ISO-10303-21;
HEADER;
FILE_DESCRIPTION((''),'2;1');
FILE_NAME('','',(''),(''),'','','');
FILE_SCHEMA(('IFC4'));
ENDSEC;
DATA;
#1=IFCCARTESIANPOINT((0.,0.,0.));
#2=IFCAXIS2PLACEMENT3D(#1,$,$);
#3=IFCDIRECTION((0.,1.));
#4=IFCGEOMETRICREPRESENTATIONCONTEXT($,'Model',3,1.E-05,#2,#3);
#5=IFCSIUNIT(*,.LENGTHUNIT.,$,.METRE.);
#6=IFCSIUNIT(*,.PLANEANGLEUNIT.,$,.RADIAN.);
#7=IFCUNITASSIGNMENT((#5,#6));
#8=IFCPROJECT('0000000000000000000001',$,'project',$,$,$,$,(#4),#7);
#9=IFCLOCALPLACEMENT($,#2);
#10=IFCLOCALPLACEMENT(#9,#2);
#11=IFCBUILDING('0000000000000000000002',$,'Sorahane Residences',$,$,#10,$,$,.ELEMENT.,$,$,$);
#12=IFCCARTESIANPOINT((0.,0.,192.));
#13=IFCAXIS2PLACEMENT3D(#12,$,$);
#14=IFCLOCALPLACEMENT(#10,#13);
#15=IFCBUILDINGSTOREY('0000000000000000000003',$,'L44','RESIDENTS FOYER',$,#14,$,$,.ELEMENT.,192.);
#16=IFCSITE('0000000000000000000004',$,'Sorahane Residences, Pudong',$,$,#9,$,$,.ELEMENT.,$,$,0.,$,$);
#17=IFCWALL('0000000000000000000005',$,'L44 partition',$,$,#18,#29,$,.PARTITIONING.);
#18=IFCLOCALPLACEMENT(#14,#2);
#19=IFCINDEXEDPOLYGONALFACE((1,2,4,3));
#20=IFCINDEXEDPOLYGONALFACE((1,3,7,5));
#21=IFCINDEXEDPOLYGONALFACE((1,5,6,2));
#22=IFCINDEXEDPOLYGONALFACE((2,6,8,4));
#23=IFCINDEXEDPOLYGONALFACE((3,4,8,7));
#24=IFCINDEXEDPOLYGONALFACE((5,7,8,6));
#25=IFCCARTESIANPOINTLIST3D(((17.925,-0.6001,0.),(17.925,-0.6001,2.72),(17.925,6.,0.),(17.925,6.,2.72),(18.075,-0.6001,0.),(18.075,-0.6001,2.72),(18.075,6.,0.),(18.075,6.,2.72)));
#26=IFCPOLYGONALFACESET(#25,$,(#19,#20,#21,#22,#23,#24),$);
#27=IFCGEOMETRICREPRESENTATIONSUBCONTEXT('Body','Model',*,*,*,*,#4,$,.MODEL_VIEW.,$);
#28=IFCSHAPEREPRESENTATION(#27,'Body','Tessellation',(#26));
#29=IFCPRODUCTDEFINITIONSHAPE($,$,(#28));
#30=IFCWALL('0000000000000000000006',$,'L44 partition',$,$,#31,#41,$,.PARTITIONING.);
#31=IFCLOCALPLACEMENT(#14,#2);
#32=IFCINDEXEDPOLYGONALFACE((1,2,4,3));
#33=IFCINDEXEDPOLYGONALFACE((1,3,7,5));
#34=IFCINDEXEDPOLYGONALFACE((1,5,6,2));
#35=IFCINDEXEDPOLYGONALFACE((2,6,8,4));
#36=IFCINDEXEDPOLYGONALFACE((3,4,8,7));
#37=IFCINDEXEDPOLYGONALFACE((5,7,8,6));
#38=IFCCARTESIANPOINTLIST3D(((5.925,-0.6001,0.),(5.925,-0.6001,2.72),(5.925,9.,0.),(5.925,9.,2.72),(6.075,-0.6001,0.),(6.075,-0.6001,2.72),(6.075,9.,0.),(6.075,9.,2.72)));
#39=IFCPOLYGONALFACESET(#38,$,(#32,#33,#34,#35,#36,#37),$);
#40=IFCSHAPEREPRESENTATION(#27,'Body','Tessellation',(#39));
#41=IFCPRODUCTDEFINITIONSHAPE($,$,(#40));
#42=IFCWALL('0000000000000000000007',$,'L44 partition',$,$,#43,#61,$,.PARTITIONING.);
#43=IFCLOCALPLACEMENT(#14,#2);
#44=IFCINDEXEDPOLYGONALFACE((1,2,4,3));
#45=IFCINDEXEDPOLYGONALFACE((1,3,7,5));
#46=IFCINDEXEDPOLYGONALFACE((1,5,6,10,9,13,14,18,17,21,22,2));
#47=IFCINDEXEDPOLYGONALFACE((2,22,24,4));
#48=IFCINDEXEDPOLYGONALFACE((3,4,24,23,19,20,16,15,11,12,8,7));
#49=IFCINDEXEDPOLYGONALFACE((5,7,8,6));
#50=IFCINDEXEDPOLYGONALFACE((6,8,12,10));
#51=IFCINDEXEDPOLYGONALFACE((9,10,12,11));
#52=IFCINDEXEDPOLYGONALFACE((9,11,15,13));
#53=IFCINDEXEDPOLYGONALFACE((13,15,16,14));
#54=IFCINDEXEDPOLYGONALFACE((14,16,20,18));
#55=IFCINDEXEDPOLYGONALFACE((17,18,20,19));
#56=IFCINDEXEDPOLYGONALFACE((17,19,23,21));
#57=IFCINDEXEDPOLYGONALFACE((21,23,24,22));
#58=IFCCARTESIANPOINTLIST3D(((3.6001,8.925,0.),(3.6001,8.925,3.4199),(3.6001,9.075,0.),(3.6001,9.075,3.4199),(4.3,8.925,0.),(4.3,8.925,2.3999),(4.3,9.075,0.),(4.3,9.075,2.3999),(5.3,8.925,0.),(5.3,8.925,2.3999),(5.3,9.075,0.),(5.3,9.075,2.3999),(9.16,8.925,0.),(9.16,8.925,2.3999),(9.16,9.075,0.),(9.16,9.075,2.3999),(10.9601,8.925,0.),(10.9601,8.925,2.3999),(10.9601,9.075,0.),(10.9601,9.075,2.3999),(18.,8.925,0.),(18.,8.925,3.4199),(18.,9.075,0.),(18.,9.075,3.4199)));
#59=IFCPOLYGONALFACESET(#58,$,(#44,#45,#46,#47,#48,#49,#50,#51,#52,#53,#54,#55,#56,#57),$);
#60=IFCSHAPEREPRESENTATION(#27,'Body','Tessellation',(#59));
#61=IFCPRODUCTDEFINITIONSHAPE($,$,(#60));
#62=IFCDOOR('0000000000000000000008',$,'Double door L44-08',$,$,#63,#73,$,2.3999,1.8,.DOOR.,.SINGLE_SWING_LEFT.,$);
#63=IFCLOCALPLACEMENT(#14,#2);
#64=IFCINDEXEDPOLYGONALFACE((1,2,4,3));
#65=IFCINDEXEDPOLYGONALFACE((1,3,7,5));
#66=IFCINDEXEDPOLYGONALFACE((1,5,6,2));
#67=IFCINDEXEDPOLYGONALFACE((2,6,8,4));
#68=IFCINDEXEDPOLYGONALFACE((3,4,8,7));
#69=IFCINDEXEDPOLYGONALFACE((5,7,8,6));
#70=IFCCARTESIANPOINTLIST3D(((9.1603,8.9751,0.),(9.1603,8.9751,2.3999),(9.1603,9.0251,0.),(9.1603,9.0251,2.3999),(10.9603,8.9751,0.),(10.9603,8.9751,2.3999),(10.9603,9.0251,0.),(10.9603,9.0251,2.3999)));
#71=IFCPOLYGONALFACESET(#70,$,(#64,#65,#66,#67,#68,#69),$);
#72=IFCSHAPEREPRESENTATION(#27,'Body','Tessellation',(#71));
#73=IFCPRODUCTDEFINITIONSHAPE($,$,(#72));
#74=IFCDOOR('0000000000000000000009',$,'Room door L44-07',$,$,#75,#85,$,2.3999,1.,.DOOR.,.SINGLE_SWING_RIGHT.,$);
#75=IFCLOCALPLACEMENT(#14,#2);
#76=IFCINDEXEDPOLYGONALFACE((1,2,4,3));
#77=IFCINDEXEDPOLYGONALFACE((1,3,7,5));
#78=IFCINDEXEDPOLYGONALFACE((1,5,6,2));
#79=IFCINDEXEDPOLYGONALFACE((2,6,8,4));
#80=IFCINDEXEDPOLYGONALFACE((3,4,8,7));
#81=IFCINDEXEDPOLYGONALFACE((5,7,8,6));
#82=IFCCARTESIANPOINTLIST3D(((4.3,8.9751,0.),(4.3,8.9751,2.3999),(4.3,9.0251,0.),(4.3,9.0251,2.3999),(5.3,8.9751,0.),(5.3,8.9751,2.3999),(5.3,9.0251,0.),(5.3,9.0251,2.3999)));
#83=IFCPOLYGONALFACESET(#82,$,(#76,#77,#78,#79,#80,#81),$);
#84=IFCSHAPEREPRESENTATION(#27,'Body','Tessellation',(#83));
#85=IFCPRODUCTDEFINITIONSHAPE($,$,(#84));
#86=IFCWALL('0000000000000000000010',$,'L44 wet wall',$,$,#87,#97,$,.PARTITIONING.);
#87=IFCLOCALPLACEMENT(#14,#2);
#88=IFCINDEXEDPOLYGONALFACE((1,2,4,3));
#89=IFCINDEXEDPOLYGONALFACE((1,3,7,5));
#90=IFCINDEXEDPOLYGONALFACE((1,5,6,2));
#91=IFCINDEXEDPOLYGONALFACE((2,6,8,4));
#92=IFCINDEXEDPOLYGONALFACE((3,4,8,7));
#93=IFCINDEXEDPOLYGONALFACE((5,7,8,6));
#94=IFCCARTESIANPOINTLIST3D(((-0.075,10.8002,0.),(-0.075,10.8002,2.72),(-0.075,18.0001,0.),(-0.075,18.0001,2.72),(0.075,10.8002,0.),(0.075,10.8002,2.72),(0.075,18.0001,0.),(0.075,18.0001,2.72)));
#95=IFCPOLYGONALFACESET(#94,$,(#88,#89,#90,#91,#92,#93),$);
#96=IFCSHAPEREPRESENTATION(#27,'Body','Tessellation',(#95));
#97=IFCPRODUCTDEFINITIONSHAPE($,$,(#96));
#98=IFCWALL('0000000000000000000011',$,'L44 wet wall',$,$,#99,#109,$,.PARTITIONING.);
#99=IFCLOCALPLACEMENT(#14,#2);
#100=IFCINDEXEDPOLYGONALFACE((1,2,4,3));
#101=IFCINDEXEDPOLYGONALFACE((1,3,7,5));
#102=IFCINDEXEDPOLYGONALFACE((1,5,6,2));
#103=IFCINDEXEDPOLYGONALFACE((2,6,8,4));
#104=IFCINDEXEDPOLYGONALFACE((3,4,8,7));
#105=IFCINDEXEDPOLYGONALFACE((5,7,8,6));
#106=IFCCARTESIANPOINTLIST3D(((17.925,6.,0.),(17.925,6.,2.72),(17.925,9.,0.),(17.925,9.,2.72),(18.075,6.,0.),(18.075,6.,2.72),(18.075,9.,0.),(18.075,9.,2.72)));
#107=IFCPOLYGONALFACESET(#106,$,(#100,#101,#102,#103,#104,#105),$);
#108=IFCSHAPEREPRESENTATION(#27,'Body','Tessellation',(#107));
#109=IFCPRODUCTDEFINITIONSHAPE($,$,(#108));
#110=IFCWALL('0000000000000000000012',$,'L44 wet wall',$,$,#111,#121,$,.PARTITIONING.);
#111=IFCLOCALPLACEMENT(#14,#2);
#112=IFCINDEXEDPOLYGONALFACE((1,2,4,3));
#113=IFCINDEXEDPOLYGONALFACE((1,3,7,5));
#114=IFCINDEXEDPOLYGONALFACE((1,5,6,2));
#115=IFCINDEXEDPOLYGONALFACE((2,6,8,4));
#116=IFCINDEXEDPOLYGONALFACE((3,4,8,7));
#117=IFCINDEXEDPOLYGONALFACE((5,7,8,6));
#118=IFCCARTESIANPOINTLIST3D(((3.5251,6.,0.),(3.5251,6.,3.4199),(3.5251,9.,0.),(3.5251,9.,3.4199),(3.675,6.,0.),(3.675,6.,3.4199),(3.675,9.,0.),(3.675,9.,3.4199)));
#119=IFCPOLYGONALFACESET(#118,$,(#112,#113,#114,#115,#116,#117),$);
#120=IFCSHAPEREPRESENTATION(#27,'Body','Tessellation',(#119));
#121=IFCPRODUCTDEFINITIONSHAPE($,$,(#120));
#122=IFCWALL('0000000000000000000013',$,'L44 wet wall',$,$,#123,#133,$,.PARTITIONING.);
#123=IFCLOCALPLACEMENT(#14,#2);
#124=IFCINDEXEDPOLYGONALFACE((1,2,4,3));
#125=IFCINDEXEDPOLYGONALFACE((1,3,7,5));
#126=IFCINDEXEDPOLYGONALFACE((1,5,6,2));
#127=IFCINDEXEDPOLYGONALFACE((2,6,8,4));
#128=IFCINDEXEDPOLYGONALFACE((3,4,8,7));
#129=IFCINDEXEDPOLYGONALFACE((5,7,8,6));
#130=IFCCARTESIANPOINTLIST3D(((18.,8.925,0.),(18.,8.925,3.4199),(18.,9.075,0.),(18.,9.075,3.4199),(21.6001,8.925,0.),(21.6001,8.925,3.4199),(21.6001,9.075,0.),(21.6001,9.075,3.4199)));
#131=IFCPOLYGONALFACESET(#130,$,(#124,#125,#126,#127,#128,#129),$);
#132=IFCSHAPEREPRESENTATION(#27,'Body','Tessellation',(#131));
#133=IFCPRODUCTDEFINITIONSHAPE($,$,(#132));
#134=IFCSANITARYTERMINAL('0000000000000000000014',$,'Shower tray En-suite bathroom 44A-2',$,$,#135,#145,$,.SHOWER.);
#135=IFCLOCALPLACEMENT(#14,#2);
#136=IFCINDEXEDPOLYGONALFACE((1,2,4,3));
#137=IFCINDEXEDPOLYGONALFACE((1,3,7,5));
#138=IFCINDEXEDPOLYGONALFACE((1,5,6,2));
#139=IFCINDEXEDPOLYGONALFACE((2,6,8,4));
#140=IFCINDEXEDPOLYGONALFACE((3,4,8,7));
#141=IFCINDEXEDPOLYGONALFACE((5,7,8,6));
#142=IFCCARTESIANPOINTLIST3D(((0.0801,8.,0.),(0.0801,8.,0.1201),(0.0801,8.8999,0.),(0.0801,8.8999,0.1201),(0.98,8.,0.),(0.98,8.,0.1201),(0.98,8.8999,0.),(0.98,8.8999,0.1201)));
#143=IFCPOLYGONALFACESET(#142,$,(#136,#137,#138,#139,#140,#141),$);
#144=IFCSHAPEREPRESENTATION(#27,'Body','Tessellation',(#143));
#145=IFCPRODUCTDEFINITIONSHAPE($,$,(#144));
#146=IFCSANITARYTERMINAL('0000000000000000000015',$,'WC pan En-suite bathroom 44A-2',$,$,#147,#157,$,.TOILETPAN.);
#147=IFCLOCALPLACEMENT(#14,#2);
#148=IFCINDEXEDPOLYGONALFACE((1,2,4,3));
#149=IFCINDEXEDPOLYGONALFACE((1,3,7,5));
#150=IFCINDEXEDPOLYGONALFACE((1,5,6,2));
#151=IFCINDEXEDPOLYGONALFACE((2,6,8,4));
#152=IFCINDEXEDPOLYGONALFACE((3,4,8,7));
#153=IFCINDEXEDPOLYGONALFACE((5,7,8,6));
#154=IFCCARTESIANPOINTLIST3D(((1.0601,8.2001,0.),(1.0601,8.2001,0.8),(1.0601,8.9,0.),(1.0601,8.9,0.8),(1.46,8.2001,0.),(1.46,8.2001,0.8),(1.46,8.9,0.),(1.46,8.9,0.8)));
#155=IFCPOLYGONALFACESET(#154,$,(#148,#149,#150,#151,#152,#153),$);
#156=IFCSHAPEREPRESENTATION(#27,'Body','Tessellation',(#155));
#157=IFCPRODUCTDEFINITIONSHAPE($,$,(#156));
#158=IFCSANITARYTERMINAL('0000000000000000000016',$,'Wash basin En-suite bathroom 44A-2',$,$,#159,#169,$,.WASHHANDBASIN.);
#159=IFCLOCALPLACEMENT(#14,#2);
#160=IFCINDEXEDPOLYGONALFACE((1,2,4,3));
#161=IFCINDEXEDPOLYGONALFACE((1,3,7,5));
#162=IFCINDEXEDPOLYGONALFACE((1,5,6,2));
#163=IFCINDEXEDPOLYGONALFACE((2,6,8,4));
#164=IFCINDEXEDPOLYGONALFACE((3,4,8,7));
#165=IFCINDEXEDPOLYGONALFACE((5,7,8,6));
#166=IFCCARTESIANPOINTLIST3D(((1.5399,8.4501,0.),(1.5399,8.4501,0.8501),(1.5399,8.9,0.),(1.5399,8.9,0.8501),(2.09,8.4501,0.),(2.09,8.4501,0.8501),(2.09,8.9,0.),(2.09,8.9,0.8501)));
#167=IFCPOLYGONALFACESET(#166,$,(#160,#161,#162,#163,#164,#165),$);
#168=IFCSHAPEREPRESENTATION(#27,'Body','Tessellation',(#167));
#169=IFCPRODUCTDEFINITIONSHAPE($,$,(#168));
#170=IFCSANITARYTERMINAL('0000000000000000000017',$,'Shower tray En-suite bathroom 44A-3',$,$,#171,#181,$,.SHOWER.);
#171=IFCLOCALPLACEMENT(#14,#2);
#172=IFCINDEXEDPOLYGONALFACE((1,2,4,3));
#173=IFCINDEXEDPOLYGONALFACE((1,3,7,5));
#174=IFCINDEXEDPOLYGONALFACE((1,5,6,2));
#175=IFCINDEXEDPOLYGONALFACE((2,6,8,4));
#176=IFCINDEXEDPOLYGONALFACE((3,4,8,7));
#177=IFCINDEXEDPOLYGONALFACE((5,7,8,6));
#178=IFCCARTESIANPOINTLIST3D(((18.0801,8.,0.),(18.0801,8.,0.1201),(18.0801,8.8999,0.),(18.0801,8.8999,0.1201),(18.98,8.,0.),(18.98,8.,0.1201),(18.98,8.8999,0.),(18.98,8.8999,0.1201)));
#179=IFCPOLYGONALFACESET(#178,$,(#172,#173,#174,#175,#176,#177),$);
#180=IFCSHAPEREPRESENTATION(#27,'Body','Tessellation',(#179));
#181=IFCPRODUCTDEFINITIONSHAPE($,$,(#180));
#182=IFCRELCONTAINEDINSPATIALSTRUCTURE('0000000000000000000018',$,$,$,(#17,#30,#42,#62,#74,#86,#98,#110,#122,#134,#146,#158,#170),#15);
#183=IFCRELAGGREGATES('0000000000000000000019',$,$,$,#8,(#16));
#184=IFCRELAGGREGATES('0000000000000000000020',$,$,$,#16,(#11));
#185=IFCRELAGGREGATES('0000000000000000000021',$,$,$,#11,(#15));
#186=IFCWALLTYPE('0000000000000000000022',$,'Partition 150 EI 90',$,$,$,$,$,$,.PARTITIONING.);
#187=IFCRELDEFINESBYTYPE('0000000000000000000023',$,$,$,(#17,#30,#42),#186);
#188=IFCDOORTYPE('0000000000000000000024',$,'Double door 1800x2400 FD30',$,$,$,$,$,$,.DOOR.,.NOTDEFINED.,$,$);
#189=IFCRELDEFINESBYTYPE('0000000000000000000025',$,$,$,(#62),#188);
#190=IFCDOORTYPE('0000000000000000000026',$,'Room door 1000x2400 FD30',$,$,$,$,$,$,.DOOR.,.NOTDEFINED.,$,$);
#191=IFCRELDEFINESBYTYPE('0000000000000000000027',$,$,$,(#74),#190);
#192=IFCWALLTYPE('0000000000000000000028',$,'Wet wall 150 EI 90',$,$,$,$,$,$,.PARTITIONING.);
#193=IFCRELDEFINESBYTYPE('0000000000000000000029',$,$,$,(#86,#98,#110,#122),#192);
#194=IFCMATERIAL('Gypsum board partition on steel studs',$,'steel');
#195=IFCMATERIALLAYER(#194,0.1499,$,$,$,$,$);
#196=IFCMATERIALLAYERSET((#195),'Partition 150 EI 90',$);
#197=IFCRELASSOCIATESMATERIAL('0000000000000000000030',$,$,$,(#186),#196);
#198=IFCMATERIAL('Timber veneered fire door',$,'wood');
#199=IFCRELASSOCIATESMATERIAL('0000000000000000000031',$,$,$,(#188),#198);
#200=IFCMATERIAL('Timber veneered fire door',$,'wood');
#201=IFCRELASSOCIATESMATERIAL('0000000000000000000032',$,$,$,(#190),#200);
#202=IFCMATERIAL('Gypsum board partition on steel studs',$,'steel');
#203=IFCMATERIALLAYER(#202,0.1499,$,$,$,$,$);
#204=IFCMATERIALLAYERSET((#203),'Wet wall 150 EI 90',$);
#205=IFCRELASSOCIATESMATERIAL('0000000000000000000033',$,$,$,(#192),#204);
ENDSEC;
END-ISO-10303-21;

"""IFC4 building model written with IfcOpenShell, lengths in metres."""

from ifc_helpers import new_model, si_unit, direction, frame, frame_2d, origin, origin_2d, place, context, subcontext, project, spatial, rectangle, extrude, material, layer, layer_set, type_object, element, fill, save


model = new_model("IFC4")

# Units and contexts
model_context = context("Model", 3, precision=1e-05, world=origin(), true_north=direction((0.0, 1.0)))
body_context = subcontext(model_context, "Body", "Model", "MODEL_VIEW")
ifc_project = project(units=[si_unit("LENGTHUNIT", "METRE"), si_unit("PLANEANGLEUNIT", "RADIAN")], contexts=[model_context])

# Site, building, storey
site_placement = place(None, origin())
site = spatial("IfcSite", under=ifc_project, at=site_placement, Name="Sorahane Residences, Pudong", CompositionType="ELEMENT", RefElevation=0.0)
building_placement = place(site_placement, origin())
building = spatial("IfcBuilding", under=site, at=building_placement, Name="Sorahane Residences", CompositionType="ELEMENT")
storey_placement = place(building_placement, frame((0.0, 0.0, 192.0)))
storey = spatial("IfcBuildingStorey", under=building, at=storey_placement, Name="L44", Description="RESIDENTS FOYER", CompositionType="ELEMENT", Elevation=192.0)

# Walls
ifc_material_1 = material(Name="Gypsum board partition on steel studs", Category="steel")
ifc_layer_1 = layer(ifc_material_1, 0.1499)
ifc_layer_set_1 = layer_set([ifc_layer_1], Name="Partition 150 EI 90")
wall_type_1 = type_object("IfcWallType", Name="Partition 150 EI 90", PredefinedType="PARTITIONING", material=ifc_layer_set_1)
wall_1_placement = place(storey_placement, frame((18.0, -0.6001, 0.0), z_axis=(0.0, 0.0, 1.0), x_axis=(0.0, 1.0, 0.0)))
element("IfcWall", 1, at=wall_1_placement, inside=storey, type_object=wall_type_1, Name="L44 partition", PredefinedType="PARTITIONING", context=body_context, shape_type="SweptSolid", body=[
    extrude(rectangle(XDim=6.6001, YDim=0.1499, at=frame_2d((3.3, 0.0))), origin(), (0.0, 0.0, 1.0), 2.72),
])
wall_2_placement = place(storey_placement, frame((6.0, -0.6001, 0.0), z_axis=(0.0, 0.0, 1.0), x_axis=(0.0, 1.0, 0.0)))
element("IfcWall", 2, at=wall_2_placement, inside=storey, type_object=wall_type_1, Name="L44 partition", PredefinedType="PARTITIONING", context=body_context, shape_type="SweptSolid", body=[
    extrude(rectangle(XDim=9.6001, YDim=0.1499, at=frame_2d((4.8, 0.0))), origin(), (0.0, 0.0, 1.0), 2.72),
])

# Wall, openings, doors
ifc_material_2 = material(Name="Timber veneered fire door", Category="wood")
door_type_1 = type_object("IfcDoorType", Name="Double door 1800x2400 FD30", OperationType="NOTDEFINED", PredefinedType="DOOR", material=ifc_material_2)
ifc_material_3 = material(Name="Timber veneered fire door", Category="wood")
door_type_2 = type_object("IfcDoorType", Name="Room door 1000x2400 FD30", OperationType="NOTDEFINED", PredefinedType="DOOR", material=ifc_material_3)
wall_3_placement = place(storey_placement, frame((3.6001, 9.0, 0.0), z_axis=(0.0, 0.0, 1.0), x_axis=(1.0, 0.0, 0.0)))
wall_3 = element("IfcWall", 3, at=wall_3_placement, inside=storey, type_object=wall_type_1, Name="L44 partition", PredefinedType="PARTITIONING", context=body_context, shape_type="SweptSolid", body=[
    extrude(rectangle(XDim=14.3999, YDim=0.1499, at=frame_2d((7.2, 0.0))), origin(), (0.0, 0.0, 1.0), 3.4199),
])
opening_1_placement = place(wall_3_placement, frame((0.7, 0.0, 0.0)))
opening_1 = element("IfcOpeningElement", 4, at=opening_1_placement, cuts=wall_3, PredefinedType="OPENING", context=body_context, shape_type="SweptSolid", body=[
    extrude(rectangle(XDim=1.0, YDim=2.3999, at=frame_2d((0.5, 1.2))), frame((0.0, 0.085, 0.0), z_axis=(0.0, -1.0, 0.0), x_axis=(1.0, 0.0, 0.0)), (0.0, 0.0, 1.0), 0.1699),
])
opening_2_placement = place(wall_3_placement, frame((5.5601, 0.0, 0.0)))
opening_2 = element("IfcOpeningElement", 5, at=opening_2_placement, cuts=wall_3, PredefinedType="OPENING", context=body_context, shape_type="SweptSolid", body=[
    extrude(rectangle(XDim=1.8, YDim=2.3999, at=frame_2d((0.8999, 1.2))), frame((0.0, 0.085, 0.0), z_axis=(0.0, -1.0, 0.0), x_axis=(1.0, 0.0, 0.0)), (0.0, 0.0, 1.0), 0.1699),
])
door_1_placement = place(opening_2_placement, frame((1.8, 0.0, 0.0), z_axis=(0.0, 0.0, 1.0), x_axis=(-1.0, 0.0, 0.0)))
door_1 = element("IfcDoor", 6, at=door_1_placement, inside=storey, type_object=door_type_1, Name="Double door L44-08", OperationType="SINGLE_SWING_LEFT", OverallHeight=2.3999, OverallWidth=1.8, PredefinedType="DOOR", context=body_context, shape_type="SweptSolid", body=[
    extrude(rectangle(XDim=1.8, YDim=2.3999, at=frame_2d((0.8999, 1.2))), frame((0.0, 0.0249, 0.0), z_axis=(0.0, -1.0, 0.0), x_axis=(1.0, 0.0, 0.0)), (0.0, 0.0, 1.0), 0.05),
])
fill(opening_2, door_1)
door_2_placement = place(opening_1_placement, frame((1.0, 0.0, 0.0), z_axis=(0.0, 0.0, 1.0), x_axis=(-1.0, 0.0, 0.0)))
door_2 = element("IfcDoor", 7, at=door_2_placement, inside=storey, type_object=door_type_2, Name="Room door L44-07", OperationType="SINGLE_SWING_RIGHT", OverallHeight=2.3999, OverallWidth=1.0, PredefinedType="DOOR", context=body_context, shape_type="SweptSolid", body=[
    extrude(rectangle(XDim=1.0, YDim=2.3999, at=frame_2d((0.5, 1.2))), frame((0.0, 0.0249, 0.0), z_axis=(0.0, -1.0, 0.0), x_axis=(1.0, 0.0, 0.0)), (0.0, 0.0, 1.0), 0.05),
])
fill(opening_1, door_2)

# Walls
ifc_material_4 = material(Name="Gypsum board partition on steel studs", Category="steel")
ifc_layer_2 = layer(ifc_material_4, 0.1499)
ifc_layer_set_2 = layer_set([ifc_layer_2], Name="Wet wall 150 EI 90")
wall_type_2 = type_object("IfcWallType", Name="Wet wall 150 EI 90", PredefinedType="PARTITIONING", material=ifc_layer_set_2)
wall_4_placement = place(storey_placement, frame((0.0, 10.8, 0.0), z_axis=(0.0, 0.0, 1.0), x_axis=(0.0, 1.0, 0.0)))
element("IfcWall", 8, at=wall_4_placement, inside=storey, type_object=wall_type_2, Name="L44 wet wall", PredefinedType="PARTITIONING", context=body_context, shape_type="SweptSolid", body=[
    extrude(rectangle(XDim=7.2, YDim=0.1499, at=frame_2d((3.6001, 0.0))), origin(), (0.0, 0.0, 1.0), 2.72),
])
wall_5_placement = place(storey_placement, frame((18.0, 6.0, 0.0), z_axis=(0.0, 0.0, 1.0), x_axis=(0.0, 1.0, 0.0)))
element("IfcWall", 9, at=wall_5_placement, inside=storey, type_object=wall_type_2, Name="L44 wet wall", PredefinedType="PARTITIONING", context=body_context, shape_type="SweptSolid", body=[
    extrude(rectangle(XDim=3.0, YDim=0.1499, at=frame_2d((1.5, 0.0))), origin(), (0.0, 0.0, 1.0), 2.72),
])
wall_6_placement = place(storey_placement, frame((3.6001, 6.0, 0.0), z_axis=(0.0, 0.0, 1.0), x_axis=(0.0, 1.0, 0.0)))
element("IfcWall", 10, at=wall_6_placement, inside=storey, type_object=wall_type_2, Name="L44 wet wall", PredefinedType="PARTITIONING", context=body_context, shape_type="SweptSolid", body=[
    extrude(rectangle(XDim=3.0, YDim=0.1499, at=frame_2d((1.5, 0.0))), origin(), (0.0, 0.0, 1.0), 3.4199),
])

# Wall
wall_7_placement = place(storey_placement, frame((18.0, 9.0, 0.0), z_axis=(0.0, 0.0, 1.0), x_axis=(1.0, 0.0, 0.0)))
element("IfcWall", 11, at=wall_7_placement, inside=storey, type_object=wall_type_2, Name="L44 wet wall", PredefinedType="PARTITIONING", context=body_context, shape_type="SweptSolid", body=[
    extrude(rectangle(XDim=3.6001, YDim=0.1499, at=frame_2d((1.8, 0.0))), origin(), (0.0, 0.0, 1.0), 3.4199),
])

# Sanitary terminals
sanitary_terminal_1_placement = place(storey_placement, frame((0.53, 8.45, 0.0), z_axis=(0.0, 0.0, 1.0), x_axis=(1.0, 0.0, 0.0)))
element("IfcSanitaryTerminal", 12, at=sanitary_terminal_1_placement, inside=storey, Name="Shower tray En-suite bathroom 44A-2", PredefinedType="SHOWER", context=body_context, shape_type="SweptSolid", body=[
    extrude(rectangle(XDim=0.8999, YDim=0.8999, at=origin_2d()), origin(), (0.0, 0.0, 1.0), 0.1201),
])
sanitary_terminal_2_placement = place(storey_placement, frame((1.26, 8.55, 0.0), z_axis=(0.0, 0.0, 1.0), x_axis=(1.0, 0.0, 0.0)))
element("IfcSanitaryTerminal", 13, at=sanitary_terminal_2_placement, inside=storey, Name="WC pan En-suite bathroom 44A-2", PredefinedType="TOILETPAN", context=body_context, shape_type="SweptSolid", body=[
    extrude(rectangle(XDim=0.3999, YDim=0.7, at=origin_2d()), origin(), (0.0, 0.0, 1.0), 0.8),
])
sanitary_terminal_3_placement = place(storey_placement, frame((1.8149, 8.675, 0.0), z_axis=(0.0, 0.0, 1.0), x_axis=(1.0, 0.0, 0.0)))
element("IfcSanitaryTerminal", 14, at=sanitary_terminal_3_placement, inside=storey, Name="Wash basin En-suite bathroom 44A-2", PredefinedType="WASHHANDBASIN", context=body_context, shape_type="SweptSolid", body=[
    extrude(rectangle(XDim=0.55, YDim=0.45, at=origin_2d()), origin(), (0.0, 0.0, 1.0), 0.8501),
])
sanitary_terminal_4_placement = place(storey_placement, frame((18.53, 8.45, 0.0), z_axis=(0.0, 0.0, 1.0), x_axis=(1.0, 0.0, 0.0)))
element("IfcSanitaryTerminal", 15, at=sanitary_terminal_4_placement, inside=storey, Name="Shower tray En-suite bathroom 44A-3", PredefinedType="SHOWER", context=body_context, shape_type="SweptSolid", body=[
    extrude(rectangle(XDim=0.8999, YDim=0.8999, at=origin_2d()), origin(), (0.0, 0.0, 1.0), 0.1201),
])

save(model, "model.ifc")
